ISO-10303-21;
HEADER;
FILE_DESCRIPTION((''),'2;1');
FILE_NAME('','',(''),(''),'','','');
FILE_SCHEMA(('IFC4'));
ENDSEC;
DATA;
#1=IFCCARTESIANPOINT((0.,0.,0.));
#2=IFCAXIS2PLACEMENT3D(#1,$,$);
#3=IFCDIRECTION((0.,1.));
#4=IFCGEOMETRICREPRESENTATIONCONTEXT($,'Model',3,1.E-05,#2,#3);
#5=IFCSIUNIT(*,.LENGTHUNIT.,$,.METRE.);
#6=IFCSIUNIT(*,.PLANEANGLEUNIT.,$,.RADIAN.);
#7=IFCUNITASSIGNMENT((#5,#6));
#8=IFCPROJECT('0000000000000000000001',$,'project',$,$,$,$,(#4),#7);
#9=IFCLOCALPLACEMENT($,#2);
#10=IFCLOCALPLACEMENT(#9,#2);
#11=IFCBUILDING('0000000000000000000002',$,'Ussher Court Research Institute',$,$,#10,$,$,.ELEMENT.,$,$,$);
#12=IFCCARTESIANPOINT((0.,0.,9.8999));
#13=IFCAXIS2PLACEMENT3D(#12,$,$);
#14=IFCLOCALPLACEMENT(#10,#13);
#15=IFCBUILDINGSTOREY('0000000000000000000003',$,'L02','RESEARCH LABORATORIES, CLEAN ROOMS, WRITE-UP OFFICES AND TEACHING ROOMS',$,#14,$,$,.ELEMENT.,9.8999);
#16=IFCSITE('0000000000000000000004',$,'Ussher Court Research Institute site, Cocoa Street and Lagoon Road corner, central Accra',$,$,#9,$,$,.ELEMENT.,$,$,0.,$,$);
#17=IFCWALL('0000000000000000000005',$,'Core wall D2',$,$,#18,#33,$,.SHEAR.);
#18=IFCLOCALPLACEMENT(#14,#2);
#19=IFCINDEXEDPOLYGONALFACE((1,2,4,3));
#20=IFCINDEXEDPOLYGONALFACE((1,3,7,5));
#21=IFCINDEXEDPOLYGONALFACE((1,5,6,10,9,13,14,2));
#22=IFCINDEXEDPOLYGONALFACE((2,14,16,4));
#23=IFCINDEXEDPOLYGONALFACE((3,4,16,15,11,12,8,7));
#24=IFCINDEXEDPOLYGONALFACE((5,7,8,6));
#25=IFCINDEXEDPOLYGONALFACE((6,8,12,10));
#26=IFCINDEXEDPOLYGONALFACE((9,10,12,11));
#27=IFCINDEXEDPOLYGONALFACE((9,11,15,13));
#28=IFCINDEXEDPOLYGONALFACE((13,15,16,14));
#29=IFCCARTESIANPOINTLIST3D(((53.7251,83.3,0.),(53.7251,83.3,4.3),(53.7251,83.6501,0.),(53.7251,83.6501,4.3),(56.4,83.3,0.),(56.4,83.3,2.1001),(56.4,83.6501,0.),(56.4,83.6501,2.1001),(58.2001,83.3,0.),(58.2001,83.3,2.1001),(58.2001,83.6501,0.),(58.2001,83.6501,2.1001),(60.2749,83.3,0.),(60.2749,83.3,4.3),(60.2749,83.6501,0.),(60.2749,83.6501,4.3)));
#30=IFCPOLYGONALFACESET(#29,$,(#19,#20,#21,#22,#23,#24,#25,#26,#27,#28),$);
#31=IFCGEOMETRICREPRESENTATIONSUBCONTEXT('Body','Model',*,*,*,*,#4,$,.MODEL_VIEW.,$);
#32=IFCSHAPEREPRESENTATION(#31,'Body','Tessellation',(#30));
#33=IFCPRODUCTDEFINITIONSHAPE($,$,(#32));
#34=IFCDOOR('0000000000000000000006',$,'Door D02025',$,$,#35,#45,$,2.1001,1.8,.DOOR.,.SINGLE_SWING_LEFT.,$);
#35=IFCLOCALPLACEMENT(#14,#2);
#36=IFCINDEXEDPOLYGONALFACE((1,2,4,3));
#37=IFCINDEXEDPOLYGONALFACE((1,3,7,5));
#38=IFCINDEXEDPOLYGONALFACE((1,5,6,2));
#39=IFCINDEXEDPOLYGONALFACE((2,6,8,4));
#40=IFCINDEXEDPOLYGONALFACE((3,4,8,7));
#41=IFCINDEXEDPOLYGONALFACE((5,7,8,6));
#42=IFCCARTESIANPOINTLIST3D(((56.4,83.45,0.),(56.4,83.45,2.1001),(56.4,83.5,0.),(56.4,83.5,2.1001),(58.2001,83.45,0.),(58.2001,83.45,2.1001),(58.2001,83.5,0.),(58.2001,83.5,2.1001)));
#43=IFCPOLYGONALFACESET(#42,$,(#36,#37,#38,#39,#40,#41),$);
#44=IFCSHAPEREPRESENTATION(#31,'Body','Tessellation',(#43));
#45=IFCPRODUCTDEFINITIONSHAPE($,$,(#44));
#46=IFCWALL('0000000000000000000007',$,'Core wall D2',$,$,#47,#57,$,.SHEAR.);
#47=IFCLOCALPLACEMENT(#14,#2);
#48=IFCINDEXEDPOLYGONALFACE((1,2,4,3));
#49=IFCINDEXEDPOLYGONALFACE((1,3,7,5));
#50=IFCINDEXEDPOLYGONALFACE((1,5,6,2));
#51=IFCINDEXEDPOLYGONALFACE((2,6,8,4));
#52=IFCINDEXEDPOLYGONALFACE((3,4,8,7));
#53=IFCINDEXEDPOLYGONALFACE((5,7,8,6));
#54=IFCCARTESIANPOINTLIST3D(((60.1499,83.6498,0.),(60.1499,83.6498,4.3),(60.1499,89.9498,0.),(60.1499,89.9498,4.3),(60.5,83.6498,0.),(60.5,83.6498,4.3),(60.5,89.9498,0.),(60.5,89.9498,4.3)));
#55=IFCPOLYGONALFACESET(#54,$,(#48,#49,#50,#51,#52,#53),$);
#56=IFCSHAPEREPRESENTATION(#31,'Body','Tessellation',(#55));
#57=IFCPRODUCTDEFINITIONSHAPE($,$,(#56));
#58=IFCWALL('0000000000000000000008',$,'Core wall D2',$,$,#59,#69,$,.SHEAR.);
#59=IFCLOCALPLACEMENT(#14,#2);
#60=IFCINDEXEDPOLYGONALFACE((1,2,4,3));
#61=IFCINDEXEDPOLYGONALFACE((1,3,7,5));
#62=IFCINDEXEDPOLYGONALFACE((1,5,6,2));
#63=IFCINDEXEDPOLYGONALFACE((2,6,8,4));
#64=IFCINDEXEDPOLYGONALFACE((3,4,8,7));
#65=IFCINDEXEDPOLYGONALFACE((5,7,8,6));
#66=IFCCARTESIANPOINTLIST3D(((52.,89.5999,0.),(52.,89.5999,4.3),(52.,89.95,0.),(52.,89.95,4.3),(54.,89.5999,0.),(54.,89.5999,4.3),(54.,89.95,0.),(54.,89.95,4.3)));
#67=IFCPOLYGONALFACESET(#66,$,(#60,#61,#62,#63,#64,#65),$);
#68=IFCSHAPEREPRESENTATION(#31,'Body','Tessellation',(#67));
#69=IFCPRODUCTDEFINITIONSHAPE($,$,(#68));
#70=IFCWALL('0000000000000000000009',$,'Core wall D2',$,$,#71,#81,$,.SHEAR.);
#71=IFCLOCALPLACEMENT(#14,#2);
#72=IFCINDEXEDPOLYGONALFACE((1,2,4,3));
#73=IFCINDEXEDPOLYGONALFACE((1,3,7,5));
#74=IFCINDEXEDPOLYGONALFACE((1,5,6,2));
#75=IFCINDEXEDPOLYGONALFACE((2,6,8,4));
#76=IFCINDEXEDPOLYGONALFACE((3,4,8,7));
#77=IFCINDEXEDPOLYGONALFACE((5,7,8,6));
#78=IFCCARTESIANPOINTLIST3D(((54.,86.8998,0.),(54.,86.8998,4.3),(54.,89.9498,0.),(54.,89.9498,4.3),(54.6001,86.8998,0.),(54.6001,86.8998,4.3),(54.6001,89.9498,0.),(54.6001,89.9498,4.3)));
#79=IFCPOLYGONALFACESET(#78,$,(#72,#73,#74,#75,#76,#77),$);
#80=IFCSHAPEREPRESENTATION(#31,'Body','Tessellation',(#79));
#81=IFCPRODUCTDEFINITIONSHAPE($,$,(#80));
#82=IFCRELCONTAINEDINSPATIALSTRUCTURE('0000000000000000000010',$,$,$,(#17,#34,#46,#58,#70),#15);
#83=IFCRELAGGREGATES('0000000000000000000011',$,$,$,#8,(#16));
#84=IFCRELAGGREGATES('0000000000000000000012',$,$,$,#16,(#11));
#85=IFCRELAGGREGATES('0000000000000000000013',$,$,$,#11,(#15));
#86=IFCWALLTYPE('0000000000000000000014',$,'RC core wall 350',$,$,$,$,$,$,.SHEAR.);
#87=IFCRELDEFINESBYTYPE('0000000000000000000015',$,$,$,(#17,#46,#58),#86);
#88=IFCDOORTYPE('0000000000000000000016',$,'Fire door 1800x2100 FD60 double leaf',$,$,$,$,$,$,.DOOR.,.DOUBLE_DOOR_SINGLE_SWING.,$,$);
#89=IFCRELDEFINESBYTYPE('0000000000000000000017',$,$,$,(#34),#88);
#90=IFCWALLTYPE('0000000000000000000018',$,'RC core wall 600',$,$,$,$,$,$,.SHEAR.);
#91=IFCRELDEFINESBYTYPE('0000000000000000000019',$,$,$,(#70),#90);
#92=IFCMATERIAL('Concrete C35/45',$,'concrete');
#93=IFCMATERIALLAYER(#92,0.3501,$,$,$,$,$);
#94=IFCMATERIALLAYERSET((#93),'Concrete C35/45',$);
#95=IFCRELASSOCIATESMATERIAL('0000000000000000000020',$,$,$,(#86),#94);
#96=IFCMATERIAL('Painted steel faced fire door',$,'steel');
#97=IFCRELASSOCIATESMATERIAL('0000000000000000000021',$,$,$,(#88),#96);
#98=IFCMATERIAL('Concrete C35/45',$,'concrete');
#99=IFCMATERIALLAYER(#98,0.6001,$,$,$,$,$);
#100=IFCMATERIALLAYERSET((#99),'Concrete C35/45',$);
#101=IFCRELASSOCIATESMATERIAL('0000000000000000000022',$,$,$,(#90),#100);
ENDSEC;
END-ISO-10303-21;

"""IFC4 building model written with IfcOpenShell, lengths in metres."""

from ifc_helpers import new_model, si_unit, direction, frame, frame_2d, origin, place, context, subcontext, project, spatial, rectangle, extrude, material, layer, layer_set, type_object, element, fill, save


model = new_model("IFC4")

# Units and contexts
model_context = context("Model", 3, precision=1e-05, world=origin(), true_north=direction((0.0, 1.0)))
body_context = subcontext(model_context, "Body", "Model", "MODEL_VIEW")
ifc_project = project(units=[si_unit("LENGTHUNIT", "METRE"), si_unit("PLANEANGLEUNIT", "RADIAN")], contexts=[model_context])

# Site, building, storey
site_placement = place(None, origin())
site = spatial("IfcSite", under=ifc_project, at=site_placement, Name="Ussher Court Research Institute site, Cocoa Street and Lagoon Road corner, central Accra", CompositionType="ELEMENT", RefElevation=0.0)
building_placement = place(site_placement, origin())
building = spatial("IfcBuilding", under=site, at=building_placement, Name="Ussher Court Research Institute", CompositionType="ELEMENT")
storey_placement = place(building_placement, frame((0.0, 0.0, 9.8999)))
storey = spatial("IfcBuildingStorey", under=building, at=storey_placement, Name="L02", Description="RESEARCH LABORATORIES, CLEAN ROOMS, WRITE-UP OFFICES AND TEACHING ROOMS", CompositionType="ELEMENT", Elevation=9.8999)

# Wall, opening, door
ifc_material_1 = material(Name="Concrete C35/45", Category="concrete")
ifc_layer_1 = layer(ifc_material_1, 0.3501)
ifc_layer_set_1 = layer_set([ifc_layer_1], Name="Concrete C35/45")
wall_type_1 = type_object("IfcWallType", Name="RC core wall 350", PredefinedType="SHEAR", material=ifc_layer_set_1)
wall_1_placement = place(storey_placement, frame((53.7251, 83.4751, 0.0), z_axis=(0.0, 0.0, 1.0), x_axis=(1.0, 0.0, 0.0)))
wall_1 = element("IfcWall", 1, at=wall_1_placement, inside=storey, type_object=wall_type_1, Name="Core wall D2", PredefinedType="SHEAR", context=body_context, shape_type="SweptSolid", body=[
    extrude(rectangle(XDim=6.5498, YDim=0.3501, at=frame_2d((3.2749, 0.0))), origin(), (0.0, 0.0, 1.0), 4.3),
])
opening_1_placement = place(wall_1_placement, frame((2.675, 0.0, 0.0)))
opening_1 = element("IfcOpeningElement", 2, at=opening_1_placement, cuts=wall_1, PredefinedType="OPENING", context=body_context, shape_type="SweptSolid", body=[
    extrude(rectangle(XDim=1.8, YDim=2.1001, at=frame_2d((0.8999, 1.05))), frame((0.0, 0.1851, 0.0), z_axis=(0.0, -1.0, 0.0), x_axis=(1.0, 0.0, 0.0)), (0.0, 0.0, 1.0), 0.3701),
])
ifc_material_2 = material(Name="Painted steel faced fire door", Category="steel")
door_type_1 = type_object("IfcDoorType", Name="Fire door 1800x2100 FD60 double leaf", OperationType="DOUBLE_DOOR_SINGLE_SWING", PredefinedType="DOOR", material=ifc_material_2)
door_1_placement = place(opening_1_placement, origin())
door_1 = element("IfcDoor", 3, at=door_1_placement, inside=storey, type_object=door_type_1, Name="Door D02025", OperationType="SINGLE_SWING_LEFT", OverallHeight=2.1001, OverallWidth=1.8, PredefinedType="DOOR", context=body_context, shape_type="SweptSolid", body=[
    extrude(rectangle(XDim=1.8, YDim=2.1001, at=frame_2d((0.8999, 1.05))), frame((0.0, 0.0249, 0.0), z_axis=(0.0, -1.0, 0.0), x_axis=(1.0, 0.0, 0.0)), (0.0, 0.0, 1.0), 0.05),
])
fill(opening_1, door_1)

# Walls
wall_2_placement = place(storey_placement, frame((60.325, 83.6499, 0.0), z_axis=(0.0, 0.0, 1.0), x_axis=(0.0, 1.0, 0.0)))
element("IfcWall", 4, at=wall_2_placement, inside=storey, type_object=wall_type_1, Name="Core wall D2", PredefinedType="SHEAR", context=body_context, shape_type="SweptSolid", body=[
    extrude(rectangle(XDim=6.3, YDim=0.3501, at=frame_2d((3.1499, 0.0))), origin(), (0.0, 0.0, 1.0), 4.3),
])
wall_3_placement = place(storey_placement, frame((52.0, 89.7749, 0.0), z_axis=(0.0, 0.0, 1.0), x_axis=(1.0, 0.0, 0.0)))
element("IfcWall", 5, at=wall_3_placement, inside=storey, type_object=wall_type_1, Name="Core wall D2", PredefinedType="SHEAR", context=body_context, shape_type="SweptSolid", body=[
    extrude(rectangle(XDim=2.0, YDim=0.3501, at=frame_2d((1.0, 0.0))), origin(), (0.0, 0.0, 1.0), 4.3),
])
ifc_material_3 = material(Name="Concrete C35/45", Category="concrete")
ifc_layer_2 = layer(ifc_material_3, 0.6001)
ifc_layer_set_2 = layer_set([ifc_layer_2], Name="Concrete C35/45")
wall_type_2 = type_object("IfcWallType", Name="RC core wall 600", PredefinedType="SHEAR", material=ifc_layer_set_2)
wall_4_placement = place(storey_placement, frame((54.3, 86.8999, 0.0), z_axis=(0.0, 0.0, 1.0), x_axis=(0.0, 1.0, 0.0)))
element("IfcWall", 6, at=wall_4_placement, inside=storey, type_object=wall_type_2, Name="Core wall D2", PredefinedType="SHEAR", context=body_context, shape_type="SweptSolid", body=[
    extrude(rectangle(XDim=3.05, YDim=0.6001, at=frame_2d((1.5249, 0.0))), origin(), (0.0, 0.0, 1.0), 4.3),
])

save(model, "model.ifc")
